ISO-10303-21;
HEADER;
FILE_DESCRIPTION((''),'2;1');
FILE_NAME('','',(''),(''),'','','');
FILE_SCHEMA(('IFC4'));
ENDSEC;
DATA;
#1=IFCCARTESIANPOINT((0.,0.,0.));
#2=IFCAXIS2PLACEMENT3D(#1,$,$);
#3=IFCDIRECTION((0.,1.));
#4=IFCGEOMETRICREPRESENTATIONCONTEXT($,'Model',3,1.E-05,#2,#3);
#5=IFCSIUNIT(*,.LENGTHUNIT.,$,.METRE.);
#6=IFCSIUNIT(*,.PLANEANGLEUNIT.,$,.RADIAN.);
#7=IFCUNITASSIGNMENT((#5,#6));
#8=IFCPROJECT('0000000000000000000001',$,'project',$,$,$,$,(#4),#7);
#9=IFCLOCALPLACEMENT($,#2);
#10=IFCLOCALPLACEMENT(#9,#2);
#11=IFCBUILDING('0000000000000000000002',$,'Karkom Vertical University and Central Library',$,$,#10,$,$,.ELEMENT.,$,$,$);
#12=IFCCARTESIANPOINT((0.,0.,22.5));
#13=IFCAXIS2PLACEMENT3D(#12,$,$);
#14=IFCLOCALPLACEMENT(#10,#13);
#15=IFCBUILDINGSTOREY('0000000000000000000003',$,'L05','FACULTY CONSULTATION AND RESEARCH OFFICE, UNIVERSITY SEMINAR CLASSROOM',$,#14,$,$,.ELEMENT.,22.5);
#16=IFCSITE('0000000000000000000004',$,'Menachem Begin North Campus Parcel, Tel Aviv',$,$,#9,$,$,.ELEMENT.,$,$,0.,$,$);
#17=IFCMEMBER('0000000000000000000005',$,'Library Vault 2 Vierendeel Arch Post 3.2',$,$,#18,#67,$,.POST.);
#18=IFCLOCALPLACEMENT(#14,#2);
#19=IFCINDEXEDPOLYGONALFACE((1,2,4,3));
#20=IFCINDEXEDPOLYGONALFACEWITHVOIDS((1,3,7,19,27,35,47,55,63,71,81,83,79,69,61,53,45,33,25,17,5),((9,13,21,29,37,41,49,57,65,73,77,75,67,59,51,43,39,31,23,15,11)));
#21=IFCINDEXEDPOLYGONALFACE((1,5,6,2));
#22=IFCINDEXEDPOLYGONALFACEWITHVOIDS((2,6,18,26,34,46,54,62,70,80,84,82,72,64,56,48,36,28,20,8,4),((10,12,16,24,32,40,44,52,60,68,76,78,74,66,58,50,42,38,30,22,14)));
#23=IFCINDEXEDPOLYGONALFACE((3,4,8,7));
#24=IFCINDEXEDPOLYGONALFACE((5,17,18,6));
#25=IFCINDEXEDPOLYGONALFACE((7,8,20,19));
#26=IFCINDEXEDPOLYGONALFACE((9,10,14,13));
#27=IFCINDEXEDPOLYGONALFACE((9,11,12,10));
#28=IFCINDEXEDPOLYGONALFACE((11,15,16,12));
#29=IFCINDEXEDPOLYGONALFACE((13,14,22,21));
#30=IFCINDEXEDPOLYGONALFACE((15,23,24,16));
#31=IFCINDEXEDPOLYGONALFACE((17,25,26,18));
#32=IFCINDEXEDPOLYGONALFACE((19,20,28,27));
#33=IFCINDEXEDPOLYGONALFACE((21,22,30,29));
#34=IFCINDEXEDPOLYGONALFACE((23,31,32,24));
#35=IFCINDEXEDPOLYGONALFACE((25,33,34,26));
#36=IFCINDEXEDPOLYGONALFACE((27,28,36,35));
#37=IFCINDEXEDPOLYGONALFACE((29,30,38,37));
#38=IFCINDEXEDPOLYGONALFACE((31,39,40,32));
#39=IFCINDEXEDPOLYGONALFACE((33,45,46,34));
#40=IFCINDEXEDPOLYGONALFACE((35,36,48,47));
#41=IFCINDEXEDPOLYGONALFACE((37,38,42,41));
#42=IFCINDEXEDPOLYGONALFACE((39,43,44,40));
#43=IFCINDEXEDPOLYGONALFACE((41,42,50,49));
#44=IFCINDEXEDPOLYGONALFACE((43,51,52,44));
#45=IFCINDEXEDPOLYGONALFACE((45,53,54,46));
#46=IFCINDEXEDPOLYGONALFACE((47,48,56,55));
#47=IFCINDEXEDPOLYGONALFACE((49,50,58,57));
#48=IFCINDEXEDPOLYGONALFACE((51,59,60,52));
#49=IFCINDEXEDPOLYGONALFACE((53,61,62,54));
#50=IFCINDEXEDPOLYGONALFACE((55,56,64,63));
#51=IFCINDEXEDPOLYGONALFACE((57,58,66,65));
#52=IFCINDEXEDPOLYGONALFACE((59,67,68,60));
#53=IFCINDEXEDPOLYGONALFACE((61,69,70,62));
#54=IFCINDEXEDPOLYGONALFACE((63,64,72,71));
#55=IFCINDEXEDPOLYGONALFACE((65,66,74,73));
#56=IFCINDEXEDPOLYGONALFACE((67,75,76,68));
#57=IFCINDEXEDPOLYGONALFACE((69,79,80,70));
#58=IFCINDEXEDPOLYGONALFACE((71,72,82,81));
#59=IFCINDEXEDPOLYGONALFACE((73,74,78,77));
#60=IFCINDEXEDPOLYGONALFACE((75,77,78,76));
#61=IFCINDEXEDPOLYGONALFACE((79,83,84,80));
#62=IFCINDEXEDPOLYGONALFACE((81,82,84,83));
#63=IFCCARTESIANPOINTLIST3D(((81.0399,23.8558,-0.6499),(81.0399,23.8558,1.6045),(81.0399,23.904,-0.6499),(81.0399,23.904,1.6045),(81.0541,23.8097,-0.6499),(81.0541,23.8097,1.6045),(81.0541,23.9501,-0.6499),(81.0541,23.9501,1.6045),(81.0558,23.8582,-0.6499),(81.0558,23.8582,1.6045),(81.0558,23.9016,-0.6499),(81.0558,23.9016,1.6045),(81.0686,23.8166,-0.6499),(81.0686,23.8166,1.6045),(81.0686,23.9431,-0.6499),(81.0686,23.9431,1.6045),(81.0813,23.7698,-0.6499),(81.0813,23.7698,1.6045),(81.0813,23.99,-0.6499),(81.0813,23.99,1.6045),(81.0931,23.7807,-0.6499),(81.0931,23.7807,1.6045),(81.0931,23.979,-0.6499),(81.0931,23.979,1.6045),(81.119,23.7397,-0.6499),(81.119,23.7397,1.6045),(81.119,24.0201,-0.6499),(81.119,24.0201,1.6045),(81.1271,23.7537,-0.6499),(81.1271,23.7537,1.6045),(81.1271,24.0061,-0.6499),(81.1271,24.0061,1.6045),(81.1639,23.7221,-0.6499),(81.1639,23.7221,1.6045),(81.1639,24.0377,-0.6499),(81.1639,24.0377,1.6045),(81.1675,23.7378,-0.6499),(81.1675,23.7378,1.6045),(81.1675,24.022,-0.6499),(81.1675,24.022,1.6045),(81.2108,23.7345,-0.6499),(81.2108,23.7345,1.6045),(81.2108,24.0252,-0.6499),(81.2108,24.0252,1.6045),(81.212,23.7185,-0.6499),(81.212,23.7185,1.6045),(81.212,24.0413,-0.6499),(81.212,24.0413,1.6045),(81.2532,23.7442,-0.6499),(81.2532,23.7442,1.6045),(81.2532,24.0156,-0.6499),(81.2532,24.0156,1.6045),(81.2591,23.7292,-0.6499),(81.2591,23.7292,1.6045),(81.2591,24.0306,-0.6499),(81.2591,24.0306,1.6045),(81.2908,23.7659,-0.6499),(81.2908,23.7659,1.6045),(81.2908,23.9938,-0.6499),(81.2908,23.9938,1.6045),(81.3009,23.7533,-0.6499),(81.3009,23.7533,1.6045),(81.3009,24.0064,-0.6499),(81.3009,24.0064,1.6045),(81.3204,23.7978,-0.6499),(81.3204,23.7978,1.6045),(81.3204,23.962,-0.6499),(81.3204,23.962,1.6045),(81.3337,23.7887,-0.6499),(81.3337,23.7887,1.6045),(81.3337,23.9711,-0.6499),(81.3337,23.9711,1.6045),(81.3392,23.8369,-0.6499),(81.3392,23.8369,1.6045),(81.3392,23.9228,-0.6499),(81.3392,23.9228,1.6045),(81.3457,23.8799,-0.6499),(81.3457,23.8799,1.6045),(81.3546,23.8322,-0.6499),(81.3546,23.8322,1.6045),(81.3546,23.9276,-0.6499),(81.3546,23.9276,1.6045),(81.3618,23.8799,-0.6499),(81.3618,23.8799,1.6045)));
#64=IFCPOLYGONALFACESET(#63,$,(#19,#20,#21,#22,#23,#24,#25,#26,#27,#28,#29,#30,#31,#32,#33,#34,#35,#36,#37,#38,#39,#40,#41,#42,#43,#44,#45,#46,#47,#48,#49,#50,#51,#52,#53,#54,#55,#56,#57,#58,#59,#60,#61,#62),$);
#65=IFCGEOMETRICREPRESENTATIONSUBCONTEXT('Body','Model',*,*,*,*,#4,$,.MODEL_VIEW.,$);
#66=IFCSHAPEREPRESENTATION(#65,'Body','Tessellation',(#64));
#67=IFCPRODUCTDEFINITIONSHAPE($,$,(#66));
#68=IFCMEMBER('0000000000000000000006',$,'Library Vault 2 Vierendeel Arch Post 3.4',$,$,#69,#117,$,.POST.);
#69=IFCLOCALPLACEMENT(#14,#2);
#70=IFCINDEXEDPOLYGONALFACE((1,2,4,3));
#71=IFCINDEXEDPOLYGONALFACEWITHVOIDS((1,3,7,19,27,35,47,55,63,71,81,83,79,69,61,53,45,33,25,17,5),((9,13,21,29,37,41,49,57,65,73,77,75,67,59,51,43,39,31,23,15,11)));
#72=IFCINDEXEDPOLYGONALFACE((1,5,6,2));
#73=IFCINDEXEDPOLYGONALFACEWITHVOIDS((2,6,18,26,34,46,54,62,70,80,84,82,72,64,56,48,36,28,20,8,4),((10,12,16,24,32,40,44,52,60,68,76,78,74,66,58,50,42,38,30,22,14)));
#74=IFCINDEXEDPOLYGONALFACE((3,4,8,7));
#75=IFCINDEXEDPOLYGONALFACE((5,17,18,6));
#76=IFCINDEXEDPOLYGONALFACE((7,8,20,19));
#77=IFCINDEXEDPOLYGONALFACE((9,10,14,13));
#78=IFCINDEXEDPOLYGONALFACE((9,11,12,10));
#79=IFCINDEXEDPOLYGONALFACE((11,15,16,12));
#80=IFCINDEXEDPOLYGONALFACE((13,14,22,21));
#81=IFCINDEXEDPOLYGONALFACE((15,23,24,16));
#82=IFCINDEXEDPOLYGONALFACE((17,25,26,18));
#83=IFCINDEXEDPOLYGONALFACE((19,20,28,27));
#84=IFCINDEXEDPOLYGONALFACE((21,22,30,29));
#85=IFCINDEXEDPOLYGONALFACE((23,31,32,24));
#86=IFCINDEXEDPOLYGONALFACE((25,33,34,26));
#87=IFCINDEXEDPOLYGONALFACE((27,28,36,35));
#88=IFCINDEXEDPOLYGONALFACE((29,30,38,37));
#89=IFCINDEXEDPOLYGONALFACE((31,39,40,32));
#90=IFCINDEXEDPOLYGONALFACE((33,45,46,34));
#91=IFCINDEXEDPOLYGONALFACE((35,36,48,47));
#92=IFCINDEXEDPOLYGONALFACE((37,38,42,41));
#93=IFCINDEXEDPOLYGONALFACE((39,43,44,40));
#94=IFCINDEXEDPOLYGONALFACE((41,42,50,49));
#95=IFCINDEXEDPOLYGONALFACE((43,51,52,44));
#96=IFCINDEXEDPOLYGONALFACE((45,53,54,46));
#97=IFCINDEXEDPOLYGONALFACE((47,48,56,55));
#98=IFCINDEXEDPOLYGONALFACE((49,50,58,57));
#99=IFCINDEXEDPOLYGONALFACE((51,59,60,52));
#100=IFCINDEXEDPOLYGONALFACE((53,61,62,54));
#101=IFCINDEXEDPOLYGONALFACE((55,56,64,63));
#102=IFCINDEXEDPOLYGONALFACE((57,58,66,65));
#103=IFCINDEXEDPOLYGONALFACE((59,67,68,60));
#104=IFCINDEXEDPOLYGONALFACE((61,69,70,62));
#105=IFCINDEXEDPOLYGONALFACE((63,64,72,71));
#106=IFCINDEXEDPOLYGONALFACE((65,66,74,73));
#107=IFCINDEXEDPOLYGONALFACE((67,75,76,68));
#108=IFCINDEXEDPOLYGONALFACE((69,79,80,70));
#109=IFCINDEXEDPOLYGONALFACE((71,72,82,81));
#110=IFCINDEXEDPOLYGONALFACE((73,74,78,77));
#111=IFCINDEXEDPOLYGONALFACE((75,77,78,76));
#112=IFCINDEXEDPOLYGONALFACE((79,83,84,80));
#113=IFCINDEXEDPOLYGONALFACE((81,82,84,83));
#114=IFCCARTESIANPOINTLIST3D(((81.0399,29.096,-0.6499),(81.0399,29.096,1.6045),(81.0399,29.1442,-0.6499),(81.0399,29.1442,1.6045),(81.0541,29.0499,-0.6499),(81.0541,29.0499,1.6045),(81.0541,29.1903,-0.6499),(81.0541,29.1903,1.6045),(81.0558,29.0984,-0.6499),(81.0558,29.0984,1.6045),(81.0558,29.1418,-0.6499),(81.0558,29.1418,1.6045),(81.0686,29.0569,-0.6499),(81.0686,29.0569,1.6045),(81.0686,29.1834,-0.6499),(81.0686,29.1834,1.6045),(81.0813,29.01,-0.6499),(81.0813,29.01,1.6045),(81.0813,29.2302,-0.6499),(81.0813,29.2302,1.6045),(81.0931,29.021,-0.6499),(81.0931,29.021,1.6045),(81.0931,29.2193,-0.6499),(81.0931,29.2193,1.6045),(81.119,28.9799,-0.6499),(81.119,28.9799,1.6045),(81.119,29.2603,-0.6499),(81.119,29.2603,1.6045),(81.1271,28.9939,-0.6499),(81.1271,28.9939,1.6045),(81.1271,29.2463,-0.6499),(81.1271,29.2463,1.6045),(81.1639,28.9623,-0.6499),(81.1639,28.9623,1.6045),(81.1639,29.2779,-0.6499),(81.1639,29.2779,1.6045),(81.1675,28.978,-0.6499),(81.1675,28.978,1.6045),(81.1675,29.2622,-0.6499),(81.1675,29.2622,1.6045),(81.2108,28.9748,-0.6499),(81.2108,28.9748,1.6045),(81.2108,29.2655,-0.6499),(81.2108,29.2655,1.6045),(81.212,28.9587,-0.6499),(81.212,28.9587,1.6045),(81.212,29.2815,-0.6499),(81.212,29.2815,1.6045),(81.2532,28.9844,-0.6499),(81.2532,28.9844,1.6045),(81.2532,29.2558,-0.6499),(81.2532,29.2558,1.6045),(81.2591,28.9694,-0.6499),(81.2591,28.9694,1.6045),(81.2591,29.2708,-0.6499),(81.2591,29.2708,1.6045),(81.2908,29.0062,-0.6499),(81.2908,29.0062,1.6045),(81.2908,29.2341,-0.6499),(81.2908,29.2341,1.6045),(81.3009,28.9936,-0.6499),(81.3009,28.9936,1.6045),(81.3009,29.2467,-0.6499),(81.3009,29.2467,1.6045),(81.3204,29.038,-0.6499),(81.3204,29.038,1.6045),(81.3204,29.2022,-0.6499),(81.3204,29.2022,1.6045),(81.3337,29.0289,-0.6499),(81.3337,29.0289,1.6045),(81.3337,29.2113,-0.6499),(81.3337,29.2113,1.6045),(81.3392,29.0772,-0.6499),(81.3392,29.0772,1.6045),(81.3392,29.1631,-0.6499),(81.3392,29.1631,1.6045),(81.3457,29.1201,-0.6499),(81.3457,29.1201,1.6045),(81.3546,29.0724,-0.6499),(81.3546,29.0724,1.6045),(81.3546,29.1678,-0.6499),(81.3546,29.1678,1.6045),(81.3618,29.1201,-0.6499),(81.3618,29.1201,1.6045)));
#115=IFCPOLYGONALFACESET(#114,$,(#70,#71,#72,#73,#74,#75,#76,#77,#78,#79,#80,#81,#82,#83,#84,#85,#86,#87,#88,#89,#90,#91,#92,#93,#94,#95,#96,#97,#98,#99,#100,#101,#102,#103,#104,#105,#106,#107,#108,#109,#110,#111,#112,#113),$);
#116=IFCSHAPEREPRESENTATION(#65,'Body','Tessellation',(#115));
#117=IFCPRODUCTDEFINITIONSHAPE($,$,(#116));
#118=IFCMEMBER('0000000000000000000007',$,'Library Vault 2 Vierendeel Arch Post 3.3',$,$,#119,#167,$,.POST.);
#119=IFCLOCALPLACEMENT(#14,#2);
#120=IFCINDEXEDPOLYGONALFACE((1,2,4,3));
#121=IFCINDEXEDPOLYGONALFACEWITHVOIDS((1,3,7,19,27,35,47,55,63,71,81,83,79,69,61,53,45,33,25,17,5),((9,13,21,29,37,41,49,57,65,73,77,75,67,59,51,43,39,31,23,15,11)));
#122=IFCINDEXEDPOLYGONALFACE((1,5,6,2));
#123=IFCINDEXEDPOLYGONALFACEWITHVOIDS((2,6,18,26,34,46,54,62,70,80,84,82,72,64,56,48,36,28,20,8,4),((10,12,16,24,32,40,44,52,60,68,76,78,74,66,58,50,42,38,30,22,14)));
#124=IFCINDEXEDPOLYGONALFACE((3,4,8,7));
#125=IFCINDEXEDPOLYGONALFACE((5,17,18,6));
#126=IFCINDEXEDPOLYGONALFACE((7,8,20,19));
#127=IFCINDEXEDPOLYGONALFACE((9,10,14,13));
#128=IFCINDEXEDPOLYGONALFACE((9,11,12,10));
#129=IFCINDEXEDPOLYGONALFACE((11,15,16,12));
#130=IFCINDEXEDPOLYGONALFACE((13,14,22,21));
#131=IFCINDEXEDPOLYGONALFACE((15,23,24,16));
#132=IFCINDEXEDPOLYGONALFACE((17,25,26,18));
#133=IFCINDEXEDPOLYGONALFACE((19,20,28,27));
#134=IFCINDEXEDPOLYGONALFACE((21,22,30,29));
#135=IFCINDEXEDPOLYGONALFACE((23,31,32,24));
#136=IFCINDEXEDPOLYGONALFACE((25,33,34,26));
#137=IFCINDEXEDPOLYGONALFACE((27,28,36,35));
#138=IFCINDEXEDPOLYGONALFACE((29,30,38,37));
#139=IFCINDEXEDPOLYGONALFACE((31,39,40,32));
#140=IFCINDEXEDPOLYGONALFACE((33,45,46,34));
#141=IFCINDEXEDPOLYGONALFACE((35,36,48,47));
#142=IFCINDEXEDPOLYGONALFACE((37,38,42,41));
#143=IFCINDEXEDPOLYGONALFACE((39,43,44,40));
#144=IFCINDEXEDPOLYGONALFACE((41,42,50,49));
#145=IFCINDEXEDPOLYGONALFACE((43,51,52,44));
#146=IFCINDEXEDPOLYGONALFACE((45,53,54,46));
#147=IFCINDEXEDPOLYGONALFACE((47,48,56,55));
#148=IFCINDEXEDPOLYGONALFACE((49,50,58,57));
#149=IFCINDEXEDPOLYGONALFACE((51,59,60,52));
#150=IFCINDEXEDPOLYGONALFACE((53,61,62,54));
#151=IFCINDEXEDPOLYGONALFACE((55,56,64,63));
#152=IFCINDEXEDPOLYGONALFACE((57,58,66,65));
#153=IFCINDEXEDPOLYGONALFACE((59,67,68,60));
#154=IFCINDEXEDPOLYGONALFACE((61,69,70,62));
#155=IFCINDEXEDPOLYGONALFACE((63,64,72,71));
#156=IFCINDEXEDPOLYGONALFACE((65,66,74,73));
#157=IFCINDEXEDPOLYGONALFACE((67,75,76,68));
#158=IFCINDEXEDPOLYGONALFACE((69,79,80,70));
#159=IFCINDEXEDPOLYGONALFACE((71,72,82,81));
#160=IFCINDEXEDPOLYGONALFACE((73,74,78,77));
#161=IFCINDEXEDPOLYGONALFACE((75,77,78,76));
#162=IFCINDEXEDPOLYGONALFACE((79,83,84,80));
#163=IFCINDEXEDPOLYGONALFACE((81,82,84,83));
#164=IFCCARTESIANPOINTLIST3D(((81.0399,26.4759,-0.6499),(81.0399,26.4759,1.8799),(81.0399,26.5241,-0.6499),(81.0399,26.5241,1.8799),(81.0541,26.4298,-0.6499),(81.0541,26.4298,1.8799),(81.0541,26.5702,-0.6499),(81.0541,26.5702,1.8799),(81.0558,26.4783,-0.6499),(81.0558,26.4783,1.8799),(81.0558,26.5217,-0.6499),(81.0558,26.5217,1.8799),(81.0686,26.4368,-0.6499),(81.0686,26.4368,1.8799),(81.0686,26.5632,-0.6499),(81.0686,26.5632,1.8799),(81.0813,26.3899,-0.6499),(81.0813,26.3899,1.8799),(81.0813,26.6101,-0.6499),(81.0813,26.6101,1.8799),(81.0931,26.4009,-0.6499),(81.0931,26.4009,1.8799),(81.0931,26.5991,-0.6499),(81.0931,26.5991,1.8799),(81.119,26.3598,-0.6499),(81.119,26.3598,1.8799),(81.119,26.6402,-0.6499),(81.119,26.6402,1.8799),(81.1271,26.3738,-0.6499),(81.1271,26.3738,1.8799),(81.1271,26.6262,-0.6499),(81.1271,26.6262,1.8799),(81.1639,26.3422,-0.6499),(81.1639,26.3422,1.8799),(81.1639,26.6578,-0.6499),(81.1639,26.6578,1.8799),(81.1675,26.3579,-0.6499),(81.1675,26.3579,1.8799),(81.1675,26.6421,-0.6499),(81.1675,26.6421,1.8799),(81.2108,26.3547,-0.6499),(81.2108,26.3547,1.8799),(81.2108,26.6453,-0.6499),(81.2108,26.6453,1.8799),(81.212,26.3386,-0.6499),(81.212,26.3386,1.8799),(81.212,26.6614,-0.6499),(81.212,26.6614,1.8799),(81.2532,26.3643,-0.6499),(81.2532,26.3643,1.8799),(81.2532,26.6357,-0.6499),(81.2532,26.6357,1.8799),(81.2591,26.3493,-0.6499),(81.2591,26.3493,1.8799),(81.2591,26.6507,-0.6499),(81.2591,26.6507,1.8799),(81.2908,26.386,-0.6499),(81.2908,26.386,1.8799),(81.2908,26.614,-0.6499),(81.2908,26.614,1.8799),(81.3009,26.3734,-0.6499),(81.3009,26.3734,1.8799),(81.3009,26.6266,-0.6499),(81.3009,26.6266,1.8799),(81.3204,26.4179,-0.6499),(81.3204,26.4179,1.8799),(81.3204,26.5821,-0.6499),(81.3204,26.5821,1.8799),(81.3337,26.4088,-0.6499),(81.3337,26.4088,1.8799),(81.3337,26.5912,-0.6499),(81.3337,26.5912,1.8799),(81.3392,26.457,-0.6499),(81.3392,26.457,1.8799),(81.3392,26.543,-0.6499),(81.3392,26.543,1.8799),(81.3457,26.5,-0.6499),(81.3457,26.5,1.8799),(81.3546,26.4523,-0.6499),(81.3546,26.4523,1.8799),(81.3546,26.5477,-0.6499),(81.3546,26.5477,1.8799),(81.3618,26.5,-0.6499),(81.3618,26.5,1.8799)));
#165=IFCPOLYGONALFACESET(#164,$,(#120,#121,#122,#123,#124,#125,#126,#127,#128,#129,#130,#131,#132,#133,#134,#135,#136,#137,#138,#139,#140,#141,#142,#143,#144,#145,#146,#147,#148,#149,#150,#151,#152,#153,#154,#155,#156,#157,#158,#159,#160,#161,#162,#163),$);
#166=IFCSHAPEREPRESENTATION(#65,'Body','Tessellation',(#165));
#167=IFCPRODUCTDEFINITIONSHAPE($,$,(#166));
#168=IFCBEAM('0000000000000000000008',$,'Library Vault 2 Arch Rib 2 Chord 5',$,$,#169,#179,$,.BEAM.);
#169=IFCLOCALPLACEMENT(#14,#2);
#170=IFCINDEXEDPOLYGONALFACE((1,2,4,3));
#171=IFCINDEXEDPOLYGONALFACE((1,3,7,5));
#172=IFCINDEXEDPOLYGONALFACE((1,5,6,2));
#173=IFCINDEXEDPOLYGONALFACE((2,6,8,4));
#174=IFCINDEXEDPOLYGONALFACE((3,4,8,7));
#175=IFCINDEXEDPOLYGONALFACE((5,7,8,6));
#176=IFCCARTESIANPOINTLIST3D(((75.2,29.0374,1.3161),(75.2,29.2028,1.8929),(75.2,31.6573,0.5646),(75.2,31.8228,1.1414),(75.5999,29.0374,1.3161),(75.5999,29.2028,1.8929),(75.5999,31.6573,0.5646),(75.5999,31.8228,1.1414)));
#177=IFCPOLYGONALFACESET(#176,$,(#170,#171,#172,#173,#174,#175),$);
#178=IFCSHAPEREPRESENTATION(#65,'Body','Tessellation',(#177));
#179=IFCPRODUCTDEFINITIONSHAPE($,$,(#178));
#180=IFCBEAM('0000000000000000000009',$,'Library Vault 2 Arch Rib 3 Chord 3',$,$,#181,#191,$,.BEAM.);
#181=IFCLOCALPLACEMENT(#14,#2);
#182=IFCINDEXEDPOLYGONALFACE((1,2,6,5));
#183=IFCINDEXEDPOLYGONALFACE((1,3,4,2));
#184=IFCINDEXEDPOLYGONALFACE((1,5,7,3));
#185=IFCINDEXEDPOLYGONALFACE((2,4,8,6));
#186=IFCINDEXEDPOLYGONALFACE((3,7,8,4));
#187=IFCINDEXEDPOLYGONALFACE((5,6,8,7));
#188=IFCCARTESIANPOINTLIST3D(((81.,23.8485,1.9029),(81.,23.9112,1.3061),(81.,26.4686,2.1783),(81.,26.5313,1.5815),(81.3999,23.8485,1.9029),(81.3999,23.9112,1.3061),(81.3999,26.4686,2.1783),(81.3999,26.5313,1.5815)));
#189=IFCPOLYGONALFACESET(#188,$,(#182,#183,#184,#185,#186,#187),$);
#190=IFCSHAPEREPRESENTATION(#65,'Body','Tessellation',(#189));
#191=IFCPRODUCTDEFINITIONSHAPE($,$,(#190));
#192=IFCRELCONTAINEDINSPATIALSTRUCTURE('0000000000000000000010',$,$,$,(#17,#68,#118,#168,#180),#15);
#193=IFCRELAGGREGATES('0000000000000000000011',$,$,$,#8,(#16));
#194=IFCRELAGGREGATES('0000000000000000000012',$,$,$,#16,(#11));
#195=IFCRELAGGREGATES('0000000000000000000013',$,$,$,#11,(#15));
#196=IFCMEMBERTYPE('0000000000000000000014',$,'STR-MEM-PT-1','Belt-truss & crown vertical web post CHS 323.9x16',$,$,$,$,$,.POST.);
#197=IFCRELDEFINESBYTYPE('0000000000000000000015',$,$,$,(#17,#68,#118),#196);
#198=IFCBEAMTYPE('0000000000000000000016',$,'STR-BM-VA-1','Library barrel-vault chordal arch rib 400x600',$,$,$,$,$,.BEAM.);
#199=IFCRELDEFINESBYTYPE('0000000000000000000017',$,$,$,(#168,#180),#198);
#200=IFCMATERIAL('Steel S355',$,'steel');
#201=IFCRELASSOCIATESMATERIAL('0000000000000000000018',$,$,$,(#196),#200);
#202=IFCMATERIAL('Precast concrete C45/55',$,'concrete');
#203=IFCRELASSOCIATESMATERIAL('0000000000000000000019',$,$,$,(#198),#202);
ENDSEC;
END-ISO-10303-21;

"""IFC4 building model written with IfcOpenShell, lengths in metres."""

from ifc_helpers import new_model, si_unit, direction, frame, origin, origin_with_axes, origin_2d, place, context, subcontext, project, spatial, rectangle, hollow_circle, extrude, source, transform, mapped, material, material_profile, profile_set, type_object, element, save


model = new_model("IFC4")

# Units and contexts
model_context = context("Model", 3, precision=1e-05, world=origin(), true_north=direction((0.0, 1.0)))
body_context = subcontext(model_context, "Body", "Model", "MODEL_VIEW")
ifc_project = project(units=[si_unit("LENGTHUNIT", "METRE"), si_unit("PLANEANGLEUNIT", "RADIAN")], contexts=[model_context])

# Site, building, storey
site_placement = place(None, origin())
site = spatial("IfcSite", under=ifc_project, at=site_placement, Name="Menachem Begin North Campus Parcel, Tel Aviv", CompositionType="ELEMENT", RefElevation=0.0)
building_placement = place(site_placement, origin())
building = spatial("IfcBuilding", under=site, at=building_placement, Name="Karkom Vertical University and Central Library", CompositionType="ELEMENT")
storey_placement = place(building_placement, frame((0.0, 0.0, 22.5)))
storey = spatial("IfcBuildingStorey", under=building, at=storey_placement, Name="L05", Description="FACULTY CONSULTATION AND RESEARCH OFFICE, UNIVERSITY SEMINAR CLASSROOM", CompositionType="ELEMENT", Elevation=22.5)

# Members
ifc_material_1 = material(Name="Steel S355", Category="steel")
ifc_material_profile_1 = material_profile(ifc_material_1, hollow_circle(Radius=0.1619, WallThickness=0.0161, at=origin_2d()), Name="CHS 323.9x16")
ifc_profile_set_1 = profile_set([ifc_material_profile_1], Name="Steel S355")
member_type = type_object("IfcMemberType", Name="STR-MEM-PT-1", Description="Belt-truss & crown vertical web post CHS 323.9x16", PredefinedType="POST", material=ifc_profile_set_1)
shared_shape_1 = source(origin_with_axes(), body_context, "Body", "SweptSolid", [
    extrude(hollow_circle(Radius=0.1619, WallThickness=0.0161, at=origin_2d()), origin(), (0.0, 0.0, 1.0), 2.2544),
])
for number, where, z_axis, x_axis, name in (
    (1, (81.2, 23.8799, -0.6499), (0.0, 0.0, 1.0), (1.0, 0.0, 0.0), "Library Vault 2 Vierendeel Arch Post 3.2"),
    (2, (81.2, 29.1201, -0.6499), (0.0, 0.0, 1.0), (1.0, 0.0, 0.0), "Library Vault 2 Vierendeel Arch Post 3.4"),
):
    element("IfcMember", number, at=place(storey_placement, frame(where, z_axis=z_axis, x_axis=x_axis)), inside=storey, type_object=member_type, Name=name, PredefinedType="POST", context=body_context, shape_type="MappedRepresentation", body=[
        mapped(shared_shape_1, transform((0.0, 0.0, 0.0), scale=1.0)),
    ])
shared_shape_2 = source(origin_with_axes(), body_context, "Body", "SweptSolid", [
    extrude(hollow_circle(Radius=0.1619, WallThickness=0.0161, at=origin_2d()), origin(), (0.0, 0.0, 1.0), 2.5298),
])
member_placement = place(storey_placement, frame((81.2, 26.5, -0.6499), z_axis=(0.0, 0.0, 1.0), x_axis=(1.0, 0.0, 0.0)))
element("IfcMember", 3, at=member_placement, inside=storey, type_object=member_type, Name="Library Vault 2 Vierendeel Arch Post 3.3", PredefinedType="POST", context=body_context, shape_type="MappedRepresentation", body=[
    mapped(shared_shape_2, transform((0.0, 0.0, 0.0), scale=1.0)),
])

# Beams
ifc_material_2 = material(Name="Precast concrete C45/55", Category="concrete")
ifc_material_profile_2 = material_profile(ifc_material_2, rectangle(XDim=0.3999, YDim=0.6001, at=origin_2d()), Name="RCB-400x600")
ifc_profile_set_2 = profile_set([ifc_material_profile_2], Name="Precast concrete C45/55")
beam_type = type_object("IfcBeamType", Name="STR-BM-VA-1", Description="Library barrel-vault chordal arch rib 400x600", PredefinedType="BEAM", material=ifc_profile_set_2)
shared_shape_3 = source(origin_with_axes(), body_context, "Body", "SweptSolid", [
    extrude(rectangle(XDim=0.3999, YDim=0.6001, at=origin_2d()), origin(), (0.0, 0.0, 1.0), 2.7256),
])
beam_placement = place(storey_placement, frame((75.3999, 29.1201, 1.6045), z_axis=(0.0, 0.961239, -0.275715), x_axis=(-1.0, 0.0, 0.0)))
element("IfcBeam", 4, at=beam_placement, inside=storey, type_object=beam_type, Name="Library Vault 2 Arch Rib 2 Chord 5", PredefinedType="BEAM", context=body_context, shape_type="MappedRepresentation", body=[
    mapped(shared_shape_3, transform((0.0, 0.0, 0.0), scale=1.0)),
])
shared_shape_4 = source(origin_with_axes(), body_context, "Body", "SweptSolid", [
    extrude(rectangle(XDim=0.3999, YDim=0.6001, at=origin_2d()), origin(), (0.0, 0.0, 1.0), 2.6345),
])
for number, where, z_axis, x_axis, name in (
    (5, (81.2, 23.8799, 1.6045), (0.0, 0.994522, 0.10453), (-1.0, 0.0, 0.0), "Library Vault 2 Arch Rib 3 Chord 3"),
):
    element("IfcBeam", number, at=place(storey_placement, frame(where, z_axis=z_axis, x_axis=x_axis)), inside=storey, type_object=beam_type, Name=name, PredefinedType="BEAM", context=body_context, shape_type="MappedRepresentation", body=[
        mapped(shared_shape_4, transform((0.0, 0.0, 0.0), scale=1.0)),
    ])

save(model, "model.ifc")
